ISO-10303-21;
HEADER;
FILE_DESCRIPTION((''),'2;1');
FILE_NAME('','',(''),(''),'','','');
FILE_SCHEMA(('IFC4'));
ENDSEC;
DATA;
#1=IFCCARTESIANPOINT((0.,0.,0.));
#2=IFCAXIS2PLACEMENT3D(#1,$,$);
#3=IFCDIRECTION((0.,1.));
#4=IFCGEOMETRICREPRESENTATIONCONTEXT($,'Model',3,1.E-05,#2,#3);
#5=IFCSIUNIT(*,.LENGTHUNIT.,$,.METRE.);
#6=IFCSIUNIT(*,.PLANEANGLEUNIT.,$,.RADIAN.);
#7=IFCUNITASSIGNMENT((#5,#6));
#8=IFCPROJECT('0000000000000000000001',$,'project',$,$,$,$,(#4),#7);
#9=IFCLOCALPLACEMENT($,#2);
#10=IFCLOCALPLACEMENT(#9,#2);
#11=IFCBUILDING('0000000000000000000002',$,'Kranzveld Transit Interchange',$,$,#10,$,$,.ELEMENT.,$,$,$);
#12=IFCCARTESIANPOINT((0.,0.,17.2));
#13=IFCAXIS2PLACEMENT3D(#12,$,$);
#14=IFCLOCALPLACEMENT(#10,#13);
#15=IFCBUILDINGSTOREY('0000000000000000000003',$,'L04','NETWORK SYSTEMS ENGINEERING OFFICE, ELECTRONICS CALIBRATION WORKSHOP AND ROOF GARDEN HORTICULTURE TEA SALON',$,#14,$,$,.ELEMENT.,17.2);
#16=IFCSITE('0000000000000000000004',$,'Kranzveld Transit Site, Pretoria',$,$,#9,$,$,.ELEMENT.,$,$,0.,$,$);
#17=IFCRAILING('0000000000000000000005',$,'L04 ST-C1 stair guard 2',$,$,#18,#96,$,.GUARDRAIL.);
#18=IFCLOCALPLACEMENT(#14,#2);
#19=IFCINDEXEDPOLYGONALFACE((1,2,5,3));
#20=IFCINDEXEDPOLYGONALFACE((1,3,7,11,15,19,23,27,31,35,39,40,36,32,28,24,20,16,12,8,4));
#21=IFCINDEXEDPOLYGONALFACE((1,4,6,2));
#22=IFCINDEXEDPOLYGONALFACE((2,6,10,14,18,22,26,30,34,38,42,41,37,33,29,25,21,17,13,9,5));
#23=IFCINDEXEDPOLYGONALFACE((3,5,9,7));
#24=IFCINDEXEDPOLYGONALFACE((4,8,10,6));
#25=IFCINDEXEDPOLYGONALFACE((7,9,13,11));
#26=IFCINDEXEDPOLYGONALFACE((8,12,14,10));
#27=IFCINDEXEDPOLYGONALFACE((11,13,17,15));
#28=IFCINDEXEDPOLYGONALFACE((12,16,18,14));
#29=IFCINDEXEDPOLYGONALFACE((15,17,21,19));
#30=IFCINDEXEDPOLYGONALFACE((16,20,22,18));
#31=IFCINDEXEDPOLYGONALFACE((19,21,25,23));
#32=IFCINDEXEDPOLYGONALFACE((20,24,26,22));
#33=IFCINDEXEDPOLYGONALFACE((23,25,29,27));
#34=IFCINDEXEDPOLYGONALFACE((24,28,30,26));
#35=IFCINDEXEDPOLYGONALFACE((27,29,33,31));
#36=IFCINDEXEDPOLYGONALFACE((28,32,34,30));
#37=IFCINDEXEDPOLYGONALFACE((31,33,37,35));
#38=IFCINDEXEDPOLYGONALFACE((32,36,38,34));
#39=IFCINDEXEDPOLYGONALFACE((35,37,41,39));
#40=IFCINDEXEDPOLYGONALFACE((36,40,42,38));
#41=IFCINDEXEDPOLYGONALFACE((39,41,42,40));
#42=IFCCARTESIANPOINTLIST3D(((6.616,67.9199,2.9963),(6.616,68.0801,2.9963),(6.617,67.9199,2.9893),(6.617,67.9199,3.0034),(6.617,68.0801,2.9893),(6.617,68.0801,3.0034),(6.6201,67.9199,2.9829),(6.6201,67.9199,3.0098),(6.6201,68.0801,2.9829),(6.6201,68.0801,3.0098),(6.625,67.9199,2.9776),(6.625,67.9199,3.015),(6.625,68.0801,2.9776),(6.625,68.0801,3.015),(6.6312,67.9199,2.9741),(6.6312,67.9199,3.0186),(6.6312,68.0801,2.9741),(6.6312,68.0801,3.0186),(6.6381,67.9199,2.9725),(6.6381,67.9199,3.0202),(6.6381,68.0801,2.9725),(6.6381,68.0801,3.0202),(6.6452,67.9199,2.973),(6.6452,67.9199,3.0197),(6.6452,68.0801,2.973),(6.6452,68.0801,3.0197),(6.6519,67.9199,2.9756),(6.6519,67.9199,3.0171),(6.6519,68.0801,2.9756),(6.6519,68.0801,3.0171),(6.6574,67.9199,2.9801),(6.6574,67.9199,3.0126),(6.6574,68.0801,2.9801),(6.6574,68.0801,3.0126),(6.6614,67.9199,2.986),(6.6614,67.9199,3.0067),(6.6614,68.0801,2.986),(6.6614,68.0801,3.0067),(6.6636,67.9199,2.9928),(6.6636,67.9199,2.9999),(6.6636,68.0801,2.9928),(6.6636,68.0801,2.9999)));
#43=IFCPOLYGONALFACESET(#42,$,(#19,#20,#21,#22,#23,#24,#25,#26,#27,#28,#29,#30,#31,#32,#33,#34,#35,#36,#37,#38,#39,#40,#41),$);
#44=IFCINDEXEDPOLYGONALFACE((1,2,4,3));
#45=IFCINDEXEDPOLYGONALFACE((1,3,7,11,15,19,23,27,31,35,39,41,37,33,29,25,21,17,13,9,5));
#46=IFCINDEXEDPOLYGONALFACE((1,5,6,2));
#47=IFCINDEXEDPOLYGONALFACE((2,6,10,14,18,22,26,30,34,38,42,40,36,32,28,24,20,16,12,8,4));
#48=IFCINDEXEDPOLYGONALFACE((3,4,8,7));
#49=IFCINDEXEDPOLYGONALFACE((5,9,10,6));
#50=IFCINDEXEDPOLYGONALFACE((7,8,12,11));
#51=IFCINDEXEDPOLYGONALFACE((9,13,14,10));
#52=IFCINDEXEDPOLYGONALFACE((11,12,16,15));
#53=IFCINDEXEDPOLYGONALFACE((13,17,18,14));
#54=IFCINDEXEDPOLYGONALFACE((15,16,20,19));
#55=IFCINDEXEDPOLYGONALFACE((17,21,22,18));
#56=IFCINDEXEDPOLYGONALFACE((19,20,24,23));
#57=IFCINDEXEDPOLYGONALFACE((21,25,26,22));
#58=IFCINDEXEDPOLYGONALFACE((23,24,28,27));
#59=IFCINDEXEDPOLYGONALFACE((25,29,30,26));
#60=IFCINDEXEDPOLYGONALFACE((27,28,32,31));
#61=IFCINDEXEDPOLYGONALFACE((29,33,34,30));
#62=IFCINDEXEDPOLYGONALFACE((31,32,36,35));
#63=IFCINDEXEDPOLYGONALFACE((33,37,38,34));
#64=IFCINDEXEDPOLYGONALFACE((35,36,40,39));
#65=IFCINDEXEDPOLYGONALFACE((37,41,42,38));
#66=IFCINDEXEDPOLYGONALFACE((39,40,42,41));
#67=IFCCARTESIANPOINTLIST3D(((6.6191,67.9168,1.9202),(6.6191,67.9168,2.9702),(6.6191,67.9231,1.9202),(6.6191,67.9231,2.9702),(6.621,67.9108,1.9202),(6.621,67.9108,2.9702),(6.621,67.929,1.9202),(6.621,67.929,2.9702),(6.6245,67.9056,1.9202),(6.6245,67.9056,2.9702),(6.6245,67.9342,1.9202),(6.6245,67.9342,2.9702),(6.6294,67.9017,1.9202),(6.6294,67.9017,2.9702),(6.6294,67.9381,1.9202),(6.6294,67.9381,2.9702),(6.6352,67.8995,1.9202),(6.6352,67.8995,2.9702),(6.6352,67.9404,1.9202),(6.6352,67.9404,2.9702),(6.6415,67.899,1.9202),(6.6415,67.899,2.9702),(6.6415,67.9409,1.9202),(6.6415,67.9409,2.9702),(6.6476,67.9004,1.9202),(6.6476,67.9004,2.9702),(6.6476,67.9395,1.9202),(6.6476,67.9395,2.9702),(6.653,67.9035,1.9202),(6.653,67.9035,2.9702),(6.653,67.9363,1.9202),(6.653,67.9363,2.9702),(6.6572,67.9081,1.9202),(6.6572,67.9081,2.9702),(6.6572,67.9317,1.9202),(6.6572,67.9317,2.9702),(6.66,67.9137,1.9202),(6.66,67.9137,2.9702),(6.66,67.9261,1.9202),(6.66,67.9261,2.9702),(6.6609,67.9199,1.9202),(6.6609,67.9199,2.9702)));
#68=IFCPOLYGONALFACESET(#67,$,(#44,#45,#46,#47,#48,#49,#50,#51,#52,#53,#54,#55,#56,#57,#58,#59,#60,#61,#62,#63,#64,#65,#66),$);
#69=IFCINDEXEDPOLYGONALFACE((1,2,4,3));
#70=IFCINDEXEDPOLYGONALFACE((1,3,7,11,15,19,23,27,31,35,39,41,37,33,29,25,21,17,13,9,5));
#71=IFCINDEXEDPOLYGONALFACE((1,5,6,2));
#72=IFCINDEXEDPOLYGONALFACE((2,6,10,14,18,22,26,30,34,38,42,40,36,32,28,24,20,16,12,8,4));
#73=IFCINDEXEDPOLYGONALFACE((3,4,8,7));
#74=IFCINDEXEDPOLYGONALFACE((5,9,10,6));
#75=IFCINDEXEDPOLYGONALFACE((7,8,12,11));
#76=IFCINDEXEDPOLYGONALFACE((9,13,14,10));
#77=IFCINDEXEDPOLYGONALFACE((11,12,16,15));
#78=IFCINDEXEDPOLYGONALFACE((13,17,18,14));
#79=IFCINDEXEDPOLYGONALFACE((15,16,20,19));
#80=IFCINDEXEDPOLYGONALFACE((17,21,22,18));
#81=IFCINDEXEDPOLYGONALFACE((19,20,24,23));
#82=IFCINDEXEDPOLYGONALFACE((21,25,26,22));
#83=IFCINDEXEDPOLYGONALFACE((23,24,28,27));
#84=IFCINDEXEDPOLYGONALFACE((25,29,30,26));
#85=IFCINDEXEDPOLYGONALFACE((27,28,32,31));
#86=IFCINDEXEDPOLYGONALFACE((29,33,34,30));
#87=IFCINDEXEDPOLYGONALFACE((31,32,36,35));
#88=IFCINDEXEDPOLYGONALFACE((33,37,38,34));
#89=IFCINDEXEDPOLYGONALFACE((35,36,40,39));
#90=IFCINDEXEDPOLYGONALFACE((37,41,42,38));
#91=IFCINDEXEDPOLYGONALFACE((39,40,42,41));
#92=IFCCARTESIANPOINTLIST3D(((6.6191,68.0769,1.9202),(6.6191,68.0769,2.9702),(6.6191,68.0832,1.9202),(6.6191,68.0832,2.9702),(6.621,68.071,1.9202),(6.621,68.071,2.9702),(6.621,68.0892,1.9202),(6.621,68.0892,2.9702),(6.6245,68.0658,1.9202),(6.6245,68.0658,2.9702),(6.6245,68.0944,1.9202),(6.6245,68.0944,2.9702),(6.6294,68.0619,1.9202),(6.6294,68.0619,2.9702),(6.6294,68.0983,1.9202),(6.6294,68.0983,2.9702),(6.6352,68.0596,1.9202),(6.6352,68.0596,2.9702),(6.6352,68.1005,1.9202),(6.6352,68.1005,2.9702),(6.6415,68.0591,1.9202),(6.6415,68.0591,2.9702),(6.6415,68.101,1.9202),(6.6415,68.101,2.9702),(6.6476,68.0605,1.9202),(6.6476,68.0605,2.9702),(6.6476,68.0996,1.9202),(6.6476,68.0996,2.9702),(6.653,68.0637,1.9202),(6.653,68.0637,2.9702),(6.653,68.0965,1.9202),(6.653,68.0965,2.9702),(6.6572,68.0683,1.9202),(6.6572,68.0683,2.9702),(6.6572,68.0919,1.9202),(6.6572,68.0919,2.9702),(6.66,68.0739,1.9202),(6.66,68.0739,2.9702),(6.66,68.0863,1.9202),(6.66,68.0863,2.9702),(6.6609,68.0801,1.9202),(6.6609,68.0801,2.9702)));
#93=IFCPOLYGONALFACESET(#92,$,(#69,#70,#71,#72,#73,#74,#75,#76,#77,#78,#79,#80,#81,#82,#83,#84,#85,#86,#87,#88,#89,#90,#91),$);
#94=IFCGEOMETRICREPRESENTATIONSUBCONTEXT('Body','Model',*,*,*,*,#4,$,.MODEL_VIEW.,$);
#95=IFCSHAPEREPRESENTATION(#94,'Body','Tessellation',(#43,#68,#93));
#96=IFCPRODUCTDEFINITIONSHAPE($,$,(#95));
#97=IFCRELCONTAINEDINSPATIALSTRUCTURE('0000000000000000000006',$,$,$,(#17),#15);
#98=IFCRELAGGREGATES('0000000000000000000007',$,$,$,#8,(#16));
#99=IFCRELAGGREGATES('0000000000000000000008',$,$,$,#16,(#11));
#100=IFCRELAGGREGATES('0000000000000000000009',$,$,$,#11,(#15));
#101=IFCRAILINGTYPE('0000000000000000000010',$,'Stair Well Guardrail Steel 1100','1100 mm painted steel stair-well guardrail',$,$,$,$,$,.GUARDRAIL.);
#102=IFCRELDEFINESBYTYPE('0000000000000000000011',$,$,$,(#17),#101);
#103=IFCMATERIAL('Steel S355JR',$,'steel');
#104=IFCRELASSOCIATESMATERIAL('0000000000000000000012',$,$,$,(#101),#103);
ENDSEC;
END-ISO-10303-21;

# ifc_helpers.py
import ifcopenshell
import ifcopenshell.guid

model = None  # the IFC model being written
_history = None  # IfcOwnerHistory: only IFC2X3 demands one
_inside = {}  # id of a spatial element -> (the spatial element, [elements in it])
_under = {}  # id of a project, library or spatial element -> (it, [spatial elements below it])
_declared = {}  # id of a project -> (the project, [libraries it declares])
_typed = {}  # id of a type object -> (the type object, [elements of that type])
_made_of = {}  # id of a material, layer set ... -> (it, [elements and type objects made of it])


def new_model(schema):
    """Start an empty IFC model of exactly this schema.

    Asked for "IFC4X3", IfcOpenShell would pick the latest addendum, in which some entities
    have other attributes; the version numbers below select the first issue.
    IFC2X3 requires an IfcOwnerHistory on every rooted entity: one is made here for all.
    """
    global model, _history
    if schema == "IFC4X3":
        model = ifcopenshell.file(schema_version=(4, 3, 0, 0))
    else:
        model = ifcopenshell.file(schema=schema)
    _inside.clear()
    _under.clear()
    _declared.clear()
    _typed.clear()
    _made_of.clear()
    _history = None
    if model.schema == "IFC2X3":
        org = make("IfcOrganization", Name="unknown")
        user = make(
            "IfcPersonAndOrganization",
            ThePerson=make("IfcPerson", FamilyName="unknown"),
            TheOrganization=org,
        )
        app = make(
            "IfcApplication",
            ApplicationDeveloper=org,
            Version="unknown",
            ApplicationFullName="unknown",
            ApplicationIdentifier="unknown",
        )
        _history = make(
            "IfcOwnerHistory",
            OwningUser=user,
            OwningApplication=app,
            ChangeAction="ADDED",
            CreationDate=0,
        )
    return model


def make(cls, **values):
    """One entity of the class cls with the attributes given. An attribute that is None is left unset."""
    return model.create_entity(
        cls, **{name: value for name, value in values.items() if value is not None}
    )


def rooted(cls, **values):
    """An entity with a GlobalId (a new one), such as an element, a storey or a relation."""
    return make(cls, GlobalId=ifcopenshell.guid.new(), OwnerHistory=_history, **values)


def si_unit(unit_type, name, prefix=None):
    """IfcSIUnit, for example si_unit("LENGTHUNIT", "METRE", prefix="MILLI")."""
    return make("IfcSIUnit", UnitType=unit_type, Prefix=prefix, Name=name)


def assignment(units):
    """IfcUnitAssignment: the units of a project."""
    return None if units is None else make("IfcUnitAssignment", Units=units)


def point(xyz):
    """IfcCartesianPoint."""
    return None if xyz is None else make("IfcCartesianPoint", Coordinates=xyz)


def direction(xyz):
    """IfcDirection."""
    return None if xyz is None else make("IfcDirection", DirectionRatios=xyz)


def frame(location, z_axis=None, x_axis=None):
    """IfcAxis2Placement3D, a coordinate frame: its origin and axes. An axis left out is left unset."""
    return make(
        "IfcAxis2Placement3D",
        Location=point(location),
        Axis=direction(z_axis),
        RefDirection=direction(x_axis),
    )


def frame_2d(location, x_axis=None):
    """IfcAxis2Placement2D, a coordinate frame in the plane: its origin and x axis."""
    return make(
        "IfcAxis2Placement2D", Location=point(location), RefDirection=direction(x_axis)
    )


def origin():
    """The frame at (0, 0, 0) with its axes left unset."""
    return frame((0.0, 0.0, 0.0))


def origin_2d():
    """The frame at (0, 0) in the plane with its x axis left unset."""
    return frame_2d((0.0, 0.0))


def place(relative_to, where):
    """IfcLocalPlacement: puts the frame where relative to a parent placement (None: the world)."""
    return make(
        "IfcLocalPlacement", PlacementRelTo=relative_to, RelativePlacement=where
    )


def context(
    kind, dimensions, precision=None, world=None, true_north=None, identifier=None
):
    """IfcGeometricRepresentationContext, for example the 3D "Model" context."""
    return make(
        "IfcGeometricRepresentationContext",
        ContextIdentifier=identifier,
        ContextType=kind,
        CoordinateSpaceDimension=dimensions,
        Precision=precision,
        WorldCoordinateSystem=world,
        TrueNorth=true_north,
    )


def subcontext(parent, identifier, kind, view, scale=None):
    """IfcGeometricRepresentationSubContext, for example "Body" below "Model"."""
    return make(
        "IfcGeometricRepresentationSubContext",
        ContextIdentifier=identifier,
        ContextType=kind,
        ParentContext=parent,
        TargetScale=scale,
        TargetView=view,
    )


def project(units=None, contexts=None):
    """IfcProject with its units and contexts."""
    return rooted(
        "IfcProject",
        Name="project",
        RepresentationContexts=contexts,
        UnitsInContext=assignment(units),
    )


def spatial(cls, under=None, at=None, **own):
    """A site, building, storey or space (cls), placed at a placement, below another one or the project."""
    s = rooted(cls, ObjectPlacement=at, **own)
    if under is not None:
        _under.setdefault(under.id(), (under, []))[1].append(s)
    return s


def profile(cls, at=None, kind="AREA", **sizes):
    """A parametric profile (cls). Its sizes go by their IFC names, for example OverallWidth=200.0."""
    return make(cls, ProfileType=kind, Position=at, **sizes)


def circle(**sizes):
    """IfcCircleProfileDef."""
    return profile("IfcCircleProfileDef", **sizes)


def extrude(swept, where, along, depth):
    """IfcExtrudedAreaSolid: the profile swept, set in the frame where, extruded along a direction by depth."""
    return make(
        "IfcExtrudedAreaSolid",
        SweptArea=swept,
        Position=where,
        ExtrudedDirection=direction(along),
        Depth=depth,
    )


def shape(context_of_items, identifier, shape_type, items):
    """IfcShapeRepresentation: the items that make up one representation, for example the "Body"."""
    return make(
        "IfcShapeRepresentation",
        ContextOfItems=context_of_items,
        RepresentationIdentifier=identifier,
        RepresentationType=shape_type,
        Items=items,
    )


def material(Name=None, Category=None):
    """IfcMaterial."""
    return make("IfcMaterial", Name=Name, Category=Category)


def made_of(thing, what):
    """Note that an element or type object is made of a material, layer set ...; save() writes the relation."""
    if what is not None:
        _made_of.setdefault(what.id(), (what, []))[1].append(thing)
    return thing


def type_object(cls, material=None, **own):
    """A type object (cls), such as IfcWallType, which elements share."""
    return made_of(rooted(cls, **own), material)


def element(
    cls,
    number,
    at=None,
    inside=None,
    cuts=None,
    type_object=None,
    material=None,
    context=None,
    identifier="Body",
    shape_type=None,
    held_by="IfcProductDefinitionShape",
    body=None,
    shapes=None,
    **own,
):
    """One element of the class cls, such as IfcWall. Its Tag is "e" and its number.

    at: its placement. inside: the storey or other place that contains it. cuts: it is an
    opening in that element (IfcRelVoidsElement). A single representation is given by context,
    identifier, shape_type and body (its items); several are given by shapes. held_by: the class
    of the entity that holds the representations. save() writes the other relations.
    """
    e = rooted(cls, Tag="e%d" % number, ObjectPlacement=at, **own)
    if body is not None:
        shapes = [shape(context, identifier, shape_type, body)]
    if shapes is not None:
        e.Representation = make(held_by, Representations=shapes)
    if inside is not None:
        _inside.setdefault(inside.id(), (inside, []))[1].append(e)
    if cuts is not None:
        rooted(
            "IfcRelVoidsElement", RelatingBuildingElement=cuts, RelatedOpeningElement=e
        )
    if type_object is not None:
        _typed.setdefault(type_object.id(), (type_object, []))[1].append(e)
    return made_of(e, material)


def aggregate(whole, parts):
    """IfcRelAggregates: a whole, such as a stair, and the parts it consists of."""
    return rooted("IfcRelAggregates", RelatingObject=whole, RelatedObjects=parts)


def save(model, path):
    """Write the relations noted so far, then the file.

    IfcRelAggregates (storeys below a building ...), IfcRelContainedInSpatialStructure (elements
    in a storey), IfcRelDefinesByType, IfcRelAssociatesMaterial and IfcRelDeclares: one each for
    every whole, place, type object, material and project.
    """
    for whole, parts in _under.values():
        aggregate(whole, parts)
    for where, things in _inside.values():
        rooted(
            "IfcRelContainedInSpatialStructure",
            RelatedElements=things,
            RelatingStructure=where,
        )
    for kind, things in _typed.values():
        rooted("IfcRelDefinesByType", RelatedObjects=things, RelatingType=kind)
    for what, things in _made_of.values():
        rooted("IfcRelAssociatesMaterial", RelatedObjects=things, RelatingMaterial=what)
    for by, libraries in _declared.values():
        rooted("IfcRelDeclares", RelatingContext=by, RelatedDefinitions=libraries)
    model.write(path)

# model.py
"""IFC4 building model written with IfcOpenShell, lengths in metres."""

from ifc_helpers import new_model, si_unit, direction, frame, origin, origin_2d, place, context, subcontext, project, spatial, circle, extrude, material, type_object, element, save


model = new_model("IFC4")

# Units and contexts
model_context = context("Model", 3, precision=1e-05, world=origin(), true_north=direction((0.0, 1.0)))
body_context = subcontext(model_context, "Body", "Model", "MODEL_VIEW")
ifc_project = project(units=[si_unit("LENGTHUNIT", "METRE"), si_unit("PLANEANGLEUNIT", "RADIAN")], contexts=[model_context])

# Site, building, storey
site_placement = place(None, origin())
site = spatial("IfcSite", under=ifc_project, at=site_placement, Name="Kranzveld Transit Site, Pretoria", CompositionType="ELEMENT", RefElevation=0.0)
building_placement = place(site_placement, origin())
building = spatial("IfcBuilding", under=site, at=building_placement, Name="Kranzveld Transit Interchange", CompositionType="ELEMENT")
storey_placement = place(building_placement, frame((0.0, 0.0, 17.2)))
storey = spatial("IfcBuildingStorey", under=building, at=storey_placement, Name="L04", Description="NETWORK SYSTEMS ENGINEERING OFFICE, ELECTRONICS CALIBRATION WORKSHOP AND ROOF GARDEN HORTICULTURE TEA SALON", CompositionType="ELEMENT", Elevation=17.2)

# Railing
ifc_material_1 = material(Name="Steel S355JR", Category="steel")
railing_type_1 = type_object("IfcRailingType", Name="Stair Well Guardrail Steel 1100", Description="1100 mm painted steel stair-well guardrail", PredefinedType="GUARDRAIL", material=ifc_material_1)
railing_1_placement = place(storey_placement, frame((6.6399, 67.9199, 1.9202)))
element("IfcRailing", 1, at=railing_1_placement, inside=storey, type_object=railing_type_1, Name="L04 ST-C1 stair guard 2", PredefinedType="GUARDRAIL", context=body_context, shape_type="SweptSolid", body=[
    extrude(circle(Radius=0.0239, at=origin_2d()), frame((0.0, 0.0, 1.0762), z_axis=(0.0, 1.0, 0.0), x_axis=(-1.0, 0.0, 0.0)), (0.0, 0.0, 1.0), 0.1602),
    extrude(circle(Radius=0.021, at=origin_2d()), origin(), (0.0, 0.0, 1.0), 1.05),
    extrude(circle(Radius=0.021, at=origin_2d()), frame((0.0, 0.1602, 0.0)), (0.0, 0.0, 1.0), 1.05),
])

save(model, "model.ifc")
